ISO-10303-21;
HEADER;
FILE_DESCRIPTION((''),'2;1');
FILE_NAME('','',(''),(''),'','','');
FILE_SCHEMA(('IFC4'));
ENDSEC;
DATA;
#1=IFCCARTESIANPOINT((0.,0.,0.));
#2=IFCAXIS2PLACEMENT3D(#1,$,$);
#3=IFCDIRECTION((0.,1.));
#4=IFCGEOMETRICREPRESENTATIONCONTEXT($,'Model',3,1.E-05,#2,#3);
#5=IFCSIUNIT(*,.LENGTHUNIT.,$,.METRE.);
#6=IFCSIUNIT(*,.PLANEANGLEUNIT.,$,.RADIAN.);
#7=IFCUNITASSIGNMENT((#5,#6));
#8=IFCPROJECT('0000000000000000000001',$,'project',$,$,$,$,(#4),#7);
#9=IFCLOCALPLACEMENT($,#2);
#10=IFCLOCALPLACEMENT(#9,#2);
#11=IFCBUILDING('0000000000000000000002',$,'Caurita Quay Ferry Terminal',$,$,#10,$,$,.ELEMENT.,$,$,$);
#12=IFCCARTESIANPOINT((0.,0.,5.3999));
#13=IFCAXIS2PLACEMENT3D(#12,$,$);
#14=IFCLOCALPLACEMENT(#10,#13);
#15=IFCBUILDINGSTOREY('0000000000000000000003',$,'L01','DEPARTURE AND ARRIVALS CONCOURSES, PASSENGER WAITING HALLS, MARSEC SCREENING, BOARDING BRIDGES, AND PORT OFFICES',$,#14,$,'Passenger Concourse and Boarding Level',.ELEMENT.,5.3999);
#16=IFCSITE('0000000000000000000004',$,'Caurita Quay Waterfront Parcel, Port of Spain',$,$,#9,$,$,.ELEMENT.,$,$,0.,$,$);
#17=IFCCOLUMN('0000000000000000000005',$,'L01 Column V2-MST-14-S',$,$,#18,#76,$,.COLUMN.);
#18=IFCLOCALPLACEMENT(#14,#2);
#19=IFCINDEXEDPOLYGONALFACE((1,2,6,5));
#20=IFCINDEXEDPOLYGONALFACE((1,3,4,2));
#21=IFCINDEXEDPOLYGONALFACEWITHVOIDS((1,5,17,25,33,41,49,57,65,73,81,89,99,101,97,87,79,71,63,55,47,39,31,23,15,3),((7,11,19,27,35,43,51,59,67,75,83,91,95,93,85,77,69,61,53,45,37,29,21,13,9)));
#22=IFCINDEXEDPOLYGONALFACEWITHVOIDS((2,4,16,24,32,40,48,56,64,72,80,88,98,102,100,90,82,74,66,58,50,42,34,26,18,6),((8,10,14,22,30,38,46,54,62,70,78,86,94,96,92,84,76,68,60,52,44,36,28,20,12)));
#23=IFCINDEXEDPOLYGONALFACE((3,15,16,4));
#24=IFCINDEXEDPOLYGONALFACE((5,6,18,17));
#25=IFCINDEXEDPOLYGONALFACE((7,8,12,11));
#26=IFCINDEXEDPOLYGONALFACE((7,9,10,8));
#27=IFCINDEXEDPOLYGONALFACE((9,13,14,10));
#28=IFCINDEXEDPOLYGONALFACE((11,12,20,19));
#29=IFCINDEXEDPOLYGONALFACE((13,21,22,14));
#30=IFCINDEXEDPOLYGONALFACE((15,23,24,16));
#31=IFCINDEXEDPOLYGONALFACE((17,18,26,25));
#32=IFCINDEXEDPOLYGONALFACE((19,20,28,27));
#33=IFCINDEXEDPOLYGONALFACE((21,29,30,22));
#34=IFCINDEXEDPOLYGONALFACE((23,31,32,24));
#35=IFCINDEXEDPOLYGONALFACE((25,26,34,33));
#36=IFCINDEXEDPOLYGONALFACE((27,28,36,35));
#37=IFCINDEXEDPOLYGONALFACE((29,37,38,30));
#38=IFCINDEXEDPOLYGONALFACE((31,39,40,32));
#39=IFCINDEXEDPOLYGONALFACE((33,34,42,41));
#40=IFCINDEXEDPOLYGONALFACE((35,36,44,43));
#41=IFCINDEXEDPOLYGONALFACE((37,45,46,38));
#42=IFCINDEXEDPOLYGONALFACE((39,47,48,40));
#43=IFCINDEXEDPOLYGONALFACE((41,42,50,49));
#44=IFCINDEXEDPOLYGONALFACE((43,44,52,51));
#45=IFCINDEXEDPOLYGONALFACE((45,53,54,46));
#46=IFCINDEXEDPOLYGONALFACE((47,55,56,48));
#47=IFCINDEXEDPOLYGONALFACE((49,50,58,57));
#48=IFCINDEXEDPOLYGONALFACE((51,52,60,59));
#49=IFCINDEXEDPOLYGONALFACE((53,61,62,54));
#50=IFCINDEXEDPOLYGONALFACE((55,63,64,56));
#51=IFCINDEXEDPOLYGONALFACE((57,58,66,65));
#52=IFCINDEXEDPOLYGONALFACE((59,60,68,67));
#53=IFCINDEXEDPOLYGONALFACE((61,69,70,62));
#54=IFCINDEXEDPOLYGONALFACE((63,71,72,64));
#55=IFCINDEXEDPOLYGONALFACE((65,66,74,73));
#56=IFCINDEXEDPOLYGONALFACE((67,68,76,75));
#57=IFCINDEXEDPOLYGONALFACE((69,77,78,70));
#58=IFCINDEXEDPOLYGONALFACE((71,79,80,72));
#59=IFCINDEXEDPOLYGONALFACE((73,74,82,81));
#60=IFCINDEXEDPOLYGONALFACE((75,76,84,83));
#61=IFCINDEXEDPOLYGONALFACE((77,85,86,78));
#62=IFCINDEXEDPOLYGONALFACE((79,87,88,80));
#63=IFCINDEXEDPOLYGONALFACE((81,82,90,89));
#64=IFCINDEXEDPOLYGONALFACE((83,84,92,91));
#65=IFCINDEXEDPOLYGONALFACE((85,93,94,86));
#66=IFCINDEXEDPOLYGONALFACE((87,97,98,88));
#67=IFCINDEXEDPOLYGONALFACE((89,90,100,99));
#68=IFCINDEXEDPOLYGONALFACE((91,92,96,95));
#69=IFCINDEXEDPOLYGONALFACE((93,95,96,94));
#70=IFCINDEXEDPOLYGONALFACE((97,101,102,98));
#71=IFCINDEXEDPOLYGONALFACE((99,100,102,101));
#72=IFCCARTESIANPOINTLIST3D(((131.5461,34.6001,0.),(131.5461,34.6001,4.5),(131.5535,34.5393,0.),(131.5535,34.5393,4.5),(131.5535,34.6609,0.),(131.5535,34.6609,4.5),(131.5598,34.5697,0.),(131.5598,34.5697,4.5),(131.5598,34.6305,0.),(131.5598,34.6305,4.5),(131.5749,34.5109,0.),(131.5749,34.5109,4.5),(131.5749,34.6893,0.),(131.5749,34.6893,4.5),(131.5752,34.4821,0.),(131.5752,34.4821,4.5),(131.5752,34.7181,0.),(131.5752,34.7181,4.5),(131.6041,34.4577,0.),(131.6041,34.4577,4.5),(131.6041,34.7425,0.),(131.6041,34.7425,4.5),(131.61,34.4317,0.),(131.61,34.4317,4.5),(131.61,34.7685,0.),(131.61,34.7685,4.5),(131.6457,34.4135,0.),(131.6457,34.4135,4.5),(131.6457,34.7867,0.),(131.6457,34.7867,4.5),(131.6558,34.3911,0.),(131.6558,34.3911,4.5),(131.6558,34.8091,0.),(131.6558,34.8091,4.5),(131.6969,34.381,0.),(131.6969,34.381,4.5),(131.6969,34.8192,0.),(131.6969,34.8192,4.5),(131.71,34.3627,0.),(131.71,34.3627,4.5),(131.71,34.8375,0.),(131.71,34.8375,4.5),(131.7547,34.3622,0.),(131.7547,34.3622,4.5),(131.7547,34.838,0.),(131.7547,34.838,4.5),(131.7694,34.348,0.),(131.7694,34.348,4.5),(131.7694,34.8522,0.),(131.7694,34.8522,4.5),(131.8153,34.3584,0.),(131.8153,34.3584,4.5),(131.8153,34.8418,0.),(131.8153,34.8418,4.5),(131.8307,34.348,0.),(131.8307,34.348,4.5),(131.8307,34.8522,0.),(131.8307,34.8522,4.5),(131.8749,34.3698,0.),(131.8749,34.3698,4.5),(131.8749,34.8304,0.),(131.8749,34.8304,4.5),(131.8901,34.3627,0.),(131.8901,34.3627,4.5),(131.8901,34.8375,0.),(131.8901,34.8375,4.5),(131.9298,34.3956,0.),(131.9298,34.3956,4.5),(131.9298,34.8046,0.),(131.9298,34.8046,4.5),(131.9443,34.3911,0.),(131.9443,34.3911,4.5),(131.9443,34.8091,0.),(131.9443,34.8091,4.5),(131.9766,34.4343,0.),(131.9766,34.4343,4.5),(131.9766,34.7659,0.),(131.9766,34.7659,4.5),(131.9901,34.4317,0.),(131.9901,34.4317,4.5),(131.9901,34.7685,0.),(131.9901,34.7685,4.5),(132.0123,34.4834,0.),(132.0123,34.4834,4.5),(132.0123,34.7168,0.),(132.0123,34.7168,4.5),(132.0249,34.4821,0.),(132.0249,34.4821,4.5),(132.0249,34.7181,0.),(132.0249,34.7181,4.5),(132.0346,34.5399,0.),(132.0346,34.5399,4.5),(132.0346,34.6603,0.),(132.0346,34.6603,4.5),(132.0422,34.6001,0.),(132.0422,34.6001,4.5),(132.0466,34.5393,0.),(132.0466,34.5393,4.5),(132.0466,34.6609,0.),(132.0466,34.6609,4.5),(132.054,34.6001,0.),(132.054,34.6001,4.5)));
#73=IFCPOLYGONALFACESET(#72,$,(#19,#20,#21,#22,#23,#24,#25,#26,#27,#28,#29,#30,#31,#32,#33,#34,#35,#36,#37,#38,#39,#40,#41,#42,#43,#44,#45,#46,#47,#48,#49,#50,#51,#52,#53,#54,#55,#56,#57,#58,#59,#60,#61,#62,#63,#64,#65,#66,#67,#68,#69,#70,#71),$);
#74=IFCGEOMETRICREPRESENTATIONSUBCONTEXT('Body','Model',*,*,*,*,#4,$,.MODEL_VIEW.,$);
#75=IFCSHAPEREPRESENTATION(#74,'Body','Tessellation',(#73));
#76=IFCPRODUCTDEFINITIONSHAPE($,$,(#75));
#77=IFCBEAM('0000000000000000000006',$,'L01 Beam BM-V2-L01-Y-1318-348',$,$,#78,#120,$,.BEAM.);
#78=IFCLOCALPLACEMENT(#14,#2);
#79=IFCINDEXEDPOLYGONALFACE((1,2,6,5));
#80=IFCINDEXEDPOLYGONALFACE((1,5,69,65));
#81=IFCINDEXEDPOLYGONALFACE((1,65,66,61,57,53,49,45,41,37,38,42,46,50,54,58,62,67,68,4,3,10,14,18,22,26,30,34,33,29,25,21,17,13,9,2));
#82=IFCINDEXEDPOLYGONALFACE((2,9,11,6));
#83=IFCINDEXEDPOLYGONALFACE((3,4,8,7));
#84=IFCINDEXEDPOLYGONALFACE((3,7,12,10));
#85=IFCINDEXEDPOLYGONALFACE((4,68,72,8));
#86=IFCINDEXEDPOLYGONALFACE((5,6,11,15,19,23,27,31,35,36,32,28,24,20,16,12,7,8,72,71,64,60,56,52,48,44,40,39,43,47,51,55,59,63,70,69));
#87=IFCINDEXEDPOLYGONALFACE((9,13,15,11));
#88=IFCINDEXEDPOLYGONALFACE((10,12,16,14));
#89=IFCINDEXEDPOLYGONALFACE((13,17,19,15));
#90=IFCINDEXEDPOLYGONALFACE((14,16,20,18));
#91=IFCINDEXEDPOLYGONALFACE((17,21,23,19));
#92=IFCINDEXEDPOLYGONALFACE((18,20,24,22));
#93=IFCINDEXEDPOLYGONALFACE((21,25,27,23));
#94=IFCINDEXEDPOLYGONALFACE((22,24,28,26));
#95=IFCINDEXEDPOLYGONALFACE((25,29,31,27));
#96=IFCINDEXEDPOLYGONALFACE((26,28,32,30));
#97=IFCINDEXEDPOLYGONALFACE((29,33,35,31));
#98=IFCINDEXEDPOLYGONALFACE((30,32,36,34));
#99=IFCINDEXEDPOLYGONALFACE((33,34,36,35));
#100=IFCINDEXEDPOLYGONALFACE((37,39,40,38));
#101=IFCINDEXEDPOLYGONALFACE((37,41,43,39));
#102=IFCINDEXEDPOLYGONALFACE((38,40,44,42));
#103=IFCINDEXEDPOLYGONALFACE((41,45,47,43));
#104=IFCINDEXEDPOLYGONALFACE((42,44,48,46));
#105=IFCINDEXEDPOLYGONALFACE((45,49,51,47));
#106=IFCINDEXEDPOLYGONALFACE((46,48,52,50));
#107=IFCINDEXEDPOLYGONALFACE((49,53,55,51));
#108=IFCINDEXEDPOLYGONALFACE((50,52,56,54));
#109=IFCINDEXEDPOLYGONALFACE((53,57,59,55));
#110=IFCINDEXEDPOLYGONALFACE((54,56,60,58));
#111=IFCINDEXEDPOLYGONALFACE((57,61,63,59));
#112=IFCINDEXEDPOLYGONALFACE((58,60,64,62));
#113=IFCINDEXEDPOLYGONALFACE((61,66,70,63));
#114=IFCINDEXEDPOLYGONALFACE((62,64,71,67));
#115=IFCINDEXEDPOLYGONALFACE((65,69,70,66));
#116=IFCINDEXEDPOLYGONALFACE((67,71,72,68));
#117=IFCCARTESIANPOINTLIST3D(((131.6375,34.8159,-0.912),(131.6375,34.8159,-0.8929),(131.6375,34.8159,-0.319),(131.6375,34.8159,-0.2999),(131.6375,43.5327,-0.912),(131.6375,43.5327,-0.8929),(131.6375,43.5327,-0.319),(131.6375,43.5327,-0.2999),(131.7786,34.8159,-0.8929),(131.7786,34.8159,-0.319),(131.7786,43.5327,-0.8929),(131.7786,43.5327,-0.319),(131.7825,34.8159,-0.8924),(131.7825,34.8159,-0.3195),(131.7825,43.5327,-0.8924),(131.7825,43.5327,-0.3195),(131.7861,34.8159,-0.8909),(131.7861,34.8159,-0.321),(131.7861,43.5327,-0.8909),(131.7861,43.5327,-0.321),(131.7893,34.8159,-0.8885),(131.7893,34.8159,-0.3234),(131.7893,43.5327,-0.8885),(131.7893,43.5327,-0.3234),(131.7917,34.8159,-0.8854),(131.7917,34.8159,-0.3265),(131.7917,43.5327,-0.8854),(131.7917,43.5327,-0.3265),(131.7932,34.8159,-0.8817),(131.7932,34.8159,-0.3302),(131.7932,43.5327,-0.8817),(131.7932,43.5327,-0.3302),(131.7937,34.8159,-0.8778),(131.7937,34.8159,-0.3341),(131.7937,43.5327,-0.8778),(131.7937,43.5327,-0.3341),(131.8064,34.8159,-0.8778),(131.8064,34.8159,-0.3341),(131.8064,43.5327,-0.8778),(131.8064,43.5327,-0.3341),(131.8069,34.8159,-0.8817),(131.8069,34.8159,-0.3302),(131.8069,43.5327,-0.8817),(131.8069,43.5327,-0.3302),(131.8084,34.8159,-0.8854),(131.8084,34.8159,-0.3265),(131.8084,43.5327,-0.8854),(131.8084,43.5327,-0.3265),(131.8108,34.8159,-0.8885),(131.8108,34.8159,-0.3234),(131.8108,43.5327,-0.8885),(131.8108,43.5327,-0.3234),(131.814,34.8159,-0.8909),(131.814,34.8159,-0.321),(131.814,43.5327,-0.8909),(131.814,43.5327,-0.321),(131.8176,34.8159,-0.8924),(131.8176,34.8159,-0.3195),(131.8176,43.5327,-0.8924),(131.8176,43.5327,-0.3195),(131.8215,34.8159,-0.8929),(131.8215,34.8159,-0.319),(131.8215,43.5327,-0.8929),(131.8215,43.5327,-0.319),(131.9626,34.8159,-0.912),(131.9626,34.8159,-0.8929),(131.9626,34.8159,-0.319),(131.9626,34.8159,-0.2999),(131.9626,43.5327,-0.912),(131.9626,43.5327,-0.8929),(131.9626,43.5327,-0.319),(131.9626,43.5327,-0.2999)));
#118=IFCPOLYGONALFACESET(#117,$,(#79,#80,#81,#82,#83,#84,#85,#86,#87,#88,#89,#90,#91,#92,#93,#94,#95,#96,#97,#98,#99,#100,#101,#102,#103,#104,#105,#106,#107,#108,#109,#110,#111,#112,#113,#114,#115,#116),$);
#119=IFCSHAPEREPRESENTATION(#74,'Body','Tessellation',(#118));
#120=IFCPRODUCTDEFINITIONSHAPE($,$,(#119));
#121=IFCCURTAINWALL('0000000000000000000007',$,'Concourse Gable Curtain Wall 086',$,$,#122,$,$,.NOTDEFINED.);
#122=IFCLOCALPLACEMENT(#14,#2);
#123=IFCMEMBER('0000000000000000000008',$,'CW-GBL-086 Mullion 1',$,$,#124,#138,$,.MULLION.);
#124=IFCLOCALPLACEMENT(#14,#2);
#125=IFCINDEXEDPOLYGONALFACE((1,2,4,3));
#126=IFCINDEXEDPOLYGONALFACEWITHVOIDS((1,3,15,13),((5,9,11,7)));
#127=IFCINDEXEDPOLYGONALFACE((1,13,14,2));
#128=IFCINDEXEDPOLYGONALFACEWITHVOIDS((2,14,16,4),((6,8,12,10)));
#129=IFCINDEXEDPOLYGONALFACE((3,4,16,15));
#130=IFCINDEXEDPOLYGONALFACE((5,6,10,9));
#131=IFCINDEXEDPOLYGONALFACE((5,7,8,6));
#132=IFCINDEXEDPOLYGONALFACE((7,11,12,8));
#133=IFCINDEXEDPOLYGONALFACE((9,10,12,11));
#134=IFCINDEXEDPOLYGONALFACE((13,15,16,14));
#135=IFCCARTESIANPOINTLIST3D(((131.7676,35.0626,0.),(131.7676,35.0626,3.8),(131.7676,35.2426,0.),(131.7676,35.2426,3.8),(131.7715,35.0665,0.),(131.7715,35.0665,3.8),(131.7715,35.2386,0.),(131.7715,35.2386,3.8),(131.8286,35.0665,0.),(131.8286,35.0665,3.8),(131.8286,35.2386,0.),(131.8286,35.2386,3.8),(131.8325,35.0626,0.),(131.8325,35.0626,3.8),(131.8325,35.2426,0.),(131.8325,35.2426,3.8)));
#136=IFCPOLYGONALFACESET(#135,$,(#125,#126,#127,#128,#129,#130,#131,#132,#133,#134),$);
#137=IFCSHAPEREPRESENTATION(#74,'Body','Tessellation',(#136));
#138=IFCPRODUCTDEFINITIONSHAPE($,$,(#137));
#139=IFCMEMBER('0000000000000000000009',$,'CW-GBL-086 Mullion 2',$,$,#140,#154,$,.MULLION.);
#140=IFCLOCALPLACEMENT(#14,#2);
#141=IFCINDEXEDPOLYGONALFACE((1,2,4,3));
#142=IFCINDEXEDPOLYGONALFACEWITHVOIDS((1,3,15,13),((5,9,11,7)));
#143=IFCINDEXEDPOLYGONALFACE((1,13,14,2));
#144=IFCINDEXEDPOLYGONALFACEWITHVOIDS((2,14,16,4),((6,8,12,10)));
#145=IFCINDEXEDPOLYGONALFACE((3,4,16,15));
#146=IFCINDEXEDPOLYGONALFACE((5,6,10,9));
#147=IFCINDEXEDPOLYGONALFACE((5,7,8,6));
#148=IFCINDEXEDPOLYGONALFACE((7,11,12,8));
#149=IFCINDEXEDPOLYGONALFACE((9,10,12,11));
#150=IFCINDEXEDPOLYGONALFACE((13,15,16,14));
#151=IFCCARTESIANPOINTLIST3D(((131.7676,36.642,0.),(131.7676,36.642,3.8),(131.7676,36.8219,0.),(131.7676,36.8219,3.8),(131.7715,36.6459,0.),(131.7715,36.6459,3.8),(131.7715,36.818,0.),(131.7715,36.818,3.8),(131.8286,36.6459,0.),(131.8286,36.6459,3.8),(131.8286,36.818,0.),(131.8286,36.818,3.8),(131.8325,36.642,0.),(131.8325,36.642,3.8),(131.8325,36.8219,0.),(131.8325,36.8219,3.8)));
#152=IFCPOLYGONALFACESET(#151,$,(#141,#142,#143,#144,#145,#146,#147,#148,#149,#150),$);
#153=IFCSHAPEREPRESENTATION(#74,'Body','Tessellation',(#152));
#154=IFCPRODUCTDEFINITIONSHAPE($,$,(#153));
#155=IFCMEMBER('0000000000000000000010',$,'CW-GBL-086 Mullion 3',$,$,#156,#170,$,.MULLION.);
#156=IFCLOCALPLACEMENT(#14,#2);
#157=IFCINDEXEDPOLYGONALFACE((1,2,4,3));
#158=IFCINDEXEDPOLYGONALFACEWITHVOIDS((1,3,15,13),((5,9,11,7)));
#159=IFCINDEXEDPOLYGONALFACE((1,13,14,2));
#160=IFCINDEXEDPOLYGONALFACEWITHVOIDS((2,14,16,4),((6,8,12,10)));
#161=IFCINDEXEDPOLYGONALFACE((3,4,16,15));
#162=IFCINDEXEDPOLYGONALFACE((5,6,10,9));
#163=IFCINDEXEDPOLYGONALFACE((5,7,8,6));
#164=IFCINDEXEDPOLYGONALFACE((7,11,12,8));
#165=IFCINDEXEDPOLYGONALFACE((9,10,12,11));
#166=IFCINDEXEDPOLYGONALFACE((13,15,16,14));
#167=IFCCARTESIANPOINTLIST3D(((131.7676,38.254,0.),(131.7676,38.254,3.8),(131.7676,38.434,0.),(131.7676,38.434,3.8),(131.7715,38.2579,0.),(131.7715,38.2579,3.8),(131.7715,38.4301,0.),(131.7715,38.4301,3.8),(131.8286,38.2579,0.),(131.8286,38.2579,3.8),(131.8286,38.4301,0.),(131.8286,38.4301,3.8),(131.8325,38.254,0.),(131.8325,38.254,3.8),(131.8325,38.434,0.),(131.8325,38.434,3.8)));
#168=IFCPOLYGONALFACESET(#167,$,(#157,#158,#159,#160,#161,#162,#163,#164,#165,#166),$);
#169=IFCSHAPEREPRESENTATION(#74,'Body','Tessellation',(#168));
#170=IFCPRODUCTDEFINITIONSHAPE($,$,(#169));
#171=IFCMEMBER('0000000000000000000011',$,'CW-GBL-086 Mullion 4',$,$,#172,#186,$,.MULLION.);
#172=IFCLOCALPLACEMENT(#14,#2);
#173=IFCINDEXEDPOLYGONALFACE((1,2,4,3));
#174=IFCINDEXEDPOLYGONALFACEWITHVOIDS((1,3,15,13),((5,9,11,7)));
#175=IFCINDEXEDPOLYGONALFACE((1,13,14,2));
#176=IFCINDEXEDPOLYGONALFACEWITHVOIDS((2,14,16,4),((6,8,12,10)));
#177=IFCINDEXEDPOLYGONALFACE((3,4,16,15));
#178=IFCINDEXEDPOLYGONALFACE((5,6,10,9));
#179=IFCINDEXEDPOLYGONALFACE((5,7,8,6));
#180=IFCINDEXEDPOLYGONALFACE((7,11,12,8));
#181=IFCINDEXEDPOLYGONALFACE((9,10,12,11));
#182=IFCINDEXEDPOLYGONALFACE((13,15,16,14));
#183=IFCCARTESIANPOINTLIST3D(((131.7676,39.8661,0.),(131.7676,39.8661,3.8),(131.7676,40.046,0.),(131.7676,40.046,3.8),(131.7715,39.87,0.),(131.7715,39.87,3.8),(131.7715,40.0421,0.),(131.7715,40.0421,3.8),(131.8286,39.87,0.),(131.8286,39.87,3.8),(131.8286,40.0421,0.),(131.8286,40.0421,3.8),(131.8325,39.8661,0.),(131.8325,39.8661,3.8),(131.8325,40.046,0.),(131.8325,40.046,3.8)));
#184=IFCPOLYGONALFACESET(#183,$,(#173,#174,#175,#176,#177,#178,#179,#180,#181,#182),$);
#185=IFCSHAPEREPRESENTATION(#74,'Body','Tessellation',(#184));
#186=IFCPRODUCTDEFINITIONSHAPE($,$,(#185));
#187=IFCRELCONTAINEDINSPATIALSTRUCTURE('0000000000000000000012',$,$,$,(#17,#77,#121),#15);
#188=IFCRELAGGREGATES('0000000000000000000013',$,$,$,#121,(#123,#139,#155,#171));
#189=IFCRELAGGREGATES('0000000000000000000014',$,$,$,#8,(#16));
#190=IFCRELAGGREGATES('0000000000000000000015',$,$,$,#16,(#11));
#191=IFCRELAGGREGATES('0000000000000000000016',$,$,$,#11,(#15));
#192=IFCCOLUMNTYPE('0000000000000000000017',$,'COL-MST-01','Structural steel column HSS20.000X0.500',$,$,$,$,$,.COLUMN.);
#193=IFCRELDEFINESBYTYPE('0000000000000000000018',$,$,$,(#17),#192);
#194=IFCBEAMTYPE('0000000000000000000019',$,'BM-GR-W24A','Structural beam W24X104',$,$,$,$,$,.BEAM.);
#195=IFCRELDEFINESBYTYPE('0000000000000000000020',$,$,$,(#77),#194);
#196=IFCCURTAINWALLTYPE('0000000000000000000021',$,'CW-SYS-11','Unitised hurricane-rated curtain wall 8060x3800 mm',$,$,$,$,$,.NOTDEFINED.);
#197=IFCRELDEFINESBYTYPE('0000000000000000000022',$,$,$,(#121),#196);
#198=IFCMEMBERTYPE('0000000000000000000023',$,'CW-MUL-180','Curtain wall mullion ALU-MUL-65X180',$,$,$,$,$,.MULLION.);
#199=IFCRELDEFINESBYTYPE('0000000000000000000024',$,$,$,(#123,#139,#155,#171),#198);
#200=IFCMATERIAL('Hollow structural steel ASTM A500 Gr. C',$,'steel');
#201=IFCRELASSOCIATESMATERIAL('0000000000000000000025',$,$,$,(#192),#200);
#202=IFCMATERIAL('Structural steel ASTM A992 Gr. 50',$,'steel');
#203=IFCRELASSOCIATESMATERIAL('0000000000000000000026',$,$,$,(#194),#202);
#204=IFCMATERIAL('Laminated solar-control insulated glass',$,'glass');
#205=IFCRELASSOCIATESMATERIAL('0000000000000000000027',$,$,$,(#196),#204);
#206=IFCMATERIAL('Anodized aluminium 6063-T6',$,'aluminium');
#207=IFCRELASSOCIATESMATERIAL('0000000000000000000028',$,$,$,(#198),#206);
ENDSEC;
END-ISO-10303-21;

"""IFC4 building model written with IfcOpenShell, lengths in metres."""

from ifc_helpers import new_model, si_unit, direction, frame, origin, origin_2d, place, context, subcontext, project, spatial, hollow_rectangle, hollow_circle, i_section, extrude, material, material_profile, profile_set, type_object, element, aggregate, save


model = new_model("IFC4")

# Units and contexts
model_context = context("Model", 3, precision=1e-05, world=origin(), true_north=direction((0.0, 1.0)))
body_context = subcontext(model_context, "Body", "Model", "MODEL_VIEW")
ifc_project = project(units=[si_unit("LENGTHUNIT", "METRE"), si_unit("PLANEANGLEUNIT", "RADIAN")], contexts=[model_context])

# Site, building, storey
site_placement = place(None, origin())
site = spatial("IfcSite", under=ifc_project, at=site_placement, Name="Caurita Quay Waterfront Parcel, Port of Spain", CompositionType="ELEMENT", RefElevation=0.0)
building_placement = place(site_placement, origin())
building = spatial("IfcBuilding", under=site, at=building_placement, Name="Caurita Quay Ferry Terminal", CompositionType="ELEMENT")
storey_placement = place(building_placement, frame((0.0, 0.0, 5.3999)))
storey = spatial("IfcBuildingStorey", under=building, at=storey_placement, Name="L01", Description="DEPARTURE AND ARRIVALS CONCOURSES, PASSENGER WAITING HALLS, MARSEC SCREENING, BOARDING BRIDGES, AND PORT OFFICES", LongName="Passenger Concourse and Boarding Level", CompositionType="ELEMENT", Elevation=5.3999)

# Column
ifc_material_1 = material(Name="Hollow structural steel ASTM A500 Gr. C", Category="steel")
ifc_material_profile_1 = material_profile(ifc_material_1, hollow_circle(Radius=0.2539, WallThickness=0.0117, at=origin_2d()), Name="HSS20.000X0.500")
ifc_profile_set_1 = profile_set([ifc_material_profile_1], Name="Hollow structural steel ASTM A500 Gr. C")
column_type = type_object("IfcColumnType", Name="COL-MST-01", Description="Structural steel column HSS20.000X0.500", PredefinedType="COLUMN", material=ifc_profile_set_1)
column_placement = place(storey_placement, frame((131.8, 34.6001, 0.0), z_axis=(0.0, 0.0, 1.0), x_axis=(1.0, 0.0, 0.0)))
element("IfcColumn", 1, at=column_placement, inside=storey, type_object=column_type, Name="L01 Column V2-MST-14-S", PredefinedType="COLUMN", context=body_context, shape_type="SweptSolid", body=[
    extrude(hollow_circle(Radius=0.2539, WallThickness=0.0117, at=origin_2d()), origin(), (0.0, 0.0, 1.0), 4.5),
])

# Beam
ifc_material_2 = material(Name="Structural steel ASTM A992 Gr. 50", Category="steel")
ifc_material_profile_2 = material_profile(ifc_material_2, i_section(OverallWidth=0.3252, OverallDepth=0.6121, WebThickness=0.0127, FlangeThickness=0.019, FilletRadius=0.0151, at=origin_2d()), Name="W24X104")
ifc_profile_set_2 = profile_set([ifc_material_profile_2], Name="Structural steel ASTM A992 Gr. 50")
beam_type = type_object("IfcBeamType", Name="BM-GR-W24A", Description="Structural beam W24X104", PredefinedType="BEAM", material=ifc_profile_set_2)
beam_placement = place(storey_placement, frame((131.8, 34.8159, -0.606), z_axis=(0.0, 1.0, 0.0), x_axis=(-1.0, 0.0, 0.0)))
element("IfcBeam", 2, at=beam_placement, inside=storey, type_object=beam_type, Name="L01 Beam BM-V2-L01-Y-1318-348", PredefinedType="BEAM", context=body_context, shape_type="SweptSolid", body=[
    extrude(i_section(OverallWidth=0.3252, OverallDepth=0.6121, WebThickness=0.0127, FlangeThickness=0.019, FilletRadius=0.0151, at=origin_2d()), origin(), (0.0, 0.0, 1.0), 8.7168),
])

# Curtain wall, members
ifc_material_3 = material(Name="Laminated solar-control insulated glass", Category="glass")
curtain_wall_type_1 = type_object("IfcCurtainWallType", Name="CW-SYS-11", Description="Unitised hurricane-rated curtain wall 8060x3800 mm", PredefinedType="NOTDEFINED", material=ifc_material_3)
curtain_wall_1_placement = place(storey_placement, origin())
curtain_wall_1 = element("IfcCurtainWall", 3, at=curtain_wall_1_placement, inside=storey, type_object=curtain_wall_type_1, Name="Concourse Gable Curtain Wall 086", PredefinedType="NOTDEFINED")
ifc_material_4 = material(Name="Anodized aluminium 6063-T6", Category="aluminium")
ifc_material_profile_3 = material_profile(ifc_material_4, hollow_rectangle(XDim=0.0649, YDim=0.1799, WallThickness=0.0039, at=origin_2d()), Name="ALU-MUL-65X180")
ifc_profile_set_3 = profile_set([ifc_material_profile_3], Name="Anodized aluminium 6063-T6")
member_type_1 = type_object("IfcMemberType", Name="CW-MUL-180", Description="Curtain wall mullion ALU-MUL-65X180", PredefinedType="MULLION", material=ifc_profile_set_3)
member_1_placement = place(storey_placement, frame((131.8, 35.1526, 0.0), z_axis=(0.0, 0.0, 1.0), x_axis=(-1.0, 0.0, 0.0)))
member_1 = element("IfcMember", 4, at=member_1_placement, type_object=member_type_1, Name="CW-GBL-086 Mullion 1", PredefinedType="MULLION", context=body_context, shape_type="SweptSolid", body=[
    extrude(hollow_rectangle(XDim=0.0649, YDim=0.1799, WallThickness=0.0039, at=origin_2d()), origin(), (0.0, 0.0, 1.0), 3.8),
])
member_2_placement = place(storey_placement, frame((131.8, 36.7319, 0.0), z_axis=(0.0, 0.0, 1.0), x_axis=(-1.0, 0.0, 0.0)))
member_2 = element("IfcMember", 5, at=member_2_placement, type_object=member_type_1, Name="CW-GBL-086 Mullion 2", PredefinedType="MULLION", context=body_context, shape_type="SweptSolid", body=[
    extrude(hollow_rectangle(XDim=0.0649, YDim=0.1799, WallThickness=0.0039, at=origin_2d()), origin(), (0.0, 0.0, 1.0), 3.8),
])
member_3_placement = place(storey_placement, frame((131.8, 38.344, 0.0), z_axis=(0.0, 0.0, 1.0), x_axis=(-1.0, 0.0, 0.0)))
member_3 = element("IfcMember", 6, at=member_3_placement, type_object=member_type_1, Name="CW-GBL-086 Mullion 3", PredefinedType="MULLION", context=body_context, shape_type="SweptSolid", body=[
    extrude(hollow_rectangle(XDim=0.0649, YDim=0.1799, WallThickness=0.0039, at=origin_2d()), origin(), (0.0, 0.0, 1.0), 3.8),
])
member_4_placement = place(storey_placement, frame((131.8, 39.9561, 0.0), z_axis=(0.0, 0.0, 1.0), x_axis=(-1.0, 0.0, 0.0)))
member_4 = element("IfcMember", 7, at=member_4_placement, type_object=member_type_1, Name="CW-GBL-086 Mullion 4", PredefinedType="MULLION", context=body_context, shape_type="SweptSolid", body=[
    extrude(hollow_rectangle(XDim=0.0649, YDim=0.1799, WallThickness=0.0039, at=origin_2d()), origin(), (0.0, 0.0, 1.0), 3.8),
])

aggregate(curtain_wall_1, [member_1, member_2, member_3, member_4])

save(model, "model.ifc")
